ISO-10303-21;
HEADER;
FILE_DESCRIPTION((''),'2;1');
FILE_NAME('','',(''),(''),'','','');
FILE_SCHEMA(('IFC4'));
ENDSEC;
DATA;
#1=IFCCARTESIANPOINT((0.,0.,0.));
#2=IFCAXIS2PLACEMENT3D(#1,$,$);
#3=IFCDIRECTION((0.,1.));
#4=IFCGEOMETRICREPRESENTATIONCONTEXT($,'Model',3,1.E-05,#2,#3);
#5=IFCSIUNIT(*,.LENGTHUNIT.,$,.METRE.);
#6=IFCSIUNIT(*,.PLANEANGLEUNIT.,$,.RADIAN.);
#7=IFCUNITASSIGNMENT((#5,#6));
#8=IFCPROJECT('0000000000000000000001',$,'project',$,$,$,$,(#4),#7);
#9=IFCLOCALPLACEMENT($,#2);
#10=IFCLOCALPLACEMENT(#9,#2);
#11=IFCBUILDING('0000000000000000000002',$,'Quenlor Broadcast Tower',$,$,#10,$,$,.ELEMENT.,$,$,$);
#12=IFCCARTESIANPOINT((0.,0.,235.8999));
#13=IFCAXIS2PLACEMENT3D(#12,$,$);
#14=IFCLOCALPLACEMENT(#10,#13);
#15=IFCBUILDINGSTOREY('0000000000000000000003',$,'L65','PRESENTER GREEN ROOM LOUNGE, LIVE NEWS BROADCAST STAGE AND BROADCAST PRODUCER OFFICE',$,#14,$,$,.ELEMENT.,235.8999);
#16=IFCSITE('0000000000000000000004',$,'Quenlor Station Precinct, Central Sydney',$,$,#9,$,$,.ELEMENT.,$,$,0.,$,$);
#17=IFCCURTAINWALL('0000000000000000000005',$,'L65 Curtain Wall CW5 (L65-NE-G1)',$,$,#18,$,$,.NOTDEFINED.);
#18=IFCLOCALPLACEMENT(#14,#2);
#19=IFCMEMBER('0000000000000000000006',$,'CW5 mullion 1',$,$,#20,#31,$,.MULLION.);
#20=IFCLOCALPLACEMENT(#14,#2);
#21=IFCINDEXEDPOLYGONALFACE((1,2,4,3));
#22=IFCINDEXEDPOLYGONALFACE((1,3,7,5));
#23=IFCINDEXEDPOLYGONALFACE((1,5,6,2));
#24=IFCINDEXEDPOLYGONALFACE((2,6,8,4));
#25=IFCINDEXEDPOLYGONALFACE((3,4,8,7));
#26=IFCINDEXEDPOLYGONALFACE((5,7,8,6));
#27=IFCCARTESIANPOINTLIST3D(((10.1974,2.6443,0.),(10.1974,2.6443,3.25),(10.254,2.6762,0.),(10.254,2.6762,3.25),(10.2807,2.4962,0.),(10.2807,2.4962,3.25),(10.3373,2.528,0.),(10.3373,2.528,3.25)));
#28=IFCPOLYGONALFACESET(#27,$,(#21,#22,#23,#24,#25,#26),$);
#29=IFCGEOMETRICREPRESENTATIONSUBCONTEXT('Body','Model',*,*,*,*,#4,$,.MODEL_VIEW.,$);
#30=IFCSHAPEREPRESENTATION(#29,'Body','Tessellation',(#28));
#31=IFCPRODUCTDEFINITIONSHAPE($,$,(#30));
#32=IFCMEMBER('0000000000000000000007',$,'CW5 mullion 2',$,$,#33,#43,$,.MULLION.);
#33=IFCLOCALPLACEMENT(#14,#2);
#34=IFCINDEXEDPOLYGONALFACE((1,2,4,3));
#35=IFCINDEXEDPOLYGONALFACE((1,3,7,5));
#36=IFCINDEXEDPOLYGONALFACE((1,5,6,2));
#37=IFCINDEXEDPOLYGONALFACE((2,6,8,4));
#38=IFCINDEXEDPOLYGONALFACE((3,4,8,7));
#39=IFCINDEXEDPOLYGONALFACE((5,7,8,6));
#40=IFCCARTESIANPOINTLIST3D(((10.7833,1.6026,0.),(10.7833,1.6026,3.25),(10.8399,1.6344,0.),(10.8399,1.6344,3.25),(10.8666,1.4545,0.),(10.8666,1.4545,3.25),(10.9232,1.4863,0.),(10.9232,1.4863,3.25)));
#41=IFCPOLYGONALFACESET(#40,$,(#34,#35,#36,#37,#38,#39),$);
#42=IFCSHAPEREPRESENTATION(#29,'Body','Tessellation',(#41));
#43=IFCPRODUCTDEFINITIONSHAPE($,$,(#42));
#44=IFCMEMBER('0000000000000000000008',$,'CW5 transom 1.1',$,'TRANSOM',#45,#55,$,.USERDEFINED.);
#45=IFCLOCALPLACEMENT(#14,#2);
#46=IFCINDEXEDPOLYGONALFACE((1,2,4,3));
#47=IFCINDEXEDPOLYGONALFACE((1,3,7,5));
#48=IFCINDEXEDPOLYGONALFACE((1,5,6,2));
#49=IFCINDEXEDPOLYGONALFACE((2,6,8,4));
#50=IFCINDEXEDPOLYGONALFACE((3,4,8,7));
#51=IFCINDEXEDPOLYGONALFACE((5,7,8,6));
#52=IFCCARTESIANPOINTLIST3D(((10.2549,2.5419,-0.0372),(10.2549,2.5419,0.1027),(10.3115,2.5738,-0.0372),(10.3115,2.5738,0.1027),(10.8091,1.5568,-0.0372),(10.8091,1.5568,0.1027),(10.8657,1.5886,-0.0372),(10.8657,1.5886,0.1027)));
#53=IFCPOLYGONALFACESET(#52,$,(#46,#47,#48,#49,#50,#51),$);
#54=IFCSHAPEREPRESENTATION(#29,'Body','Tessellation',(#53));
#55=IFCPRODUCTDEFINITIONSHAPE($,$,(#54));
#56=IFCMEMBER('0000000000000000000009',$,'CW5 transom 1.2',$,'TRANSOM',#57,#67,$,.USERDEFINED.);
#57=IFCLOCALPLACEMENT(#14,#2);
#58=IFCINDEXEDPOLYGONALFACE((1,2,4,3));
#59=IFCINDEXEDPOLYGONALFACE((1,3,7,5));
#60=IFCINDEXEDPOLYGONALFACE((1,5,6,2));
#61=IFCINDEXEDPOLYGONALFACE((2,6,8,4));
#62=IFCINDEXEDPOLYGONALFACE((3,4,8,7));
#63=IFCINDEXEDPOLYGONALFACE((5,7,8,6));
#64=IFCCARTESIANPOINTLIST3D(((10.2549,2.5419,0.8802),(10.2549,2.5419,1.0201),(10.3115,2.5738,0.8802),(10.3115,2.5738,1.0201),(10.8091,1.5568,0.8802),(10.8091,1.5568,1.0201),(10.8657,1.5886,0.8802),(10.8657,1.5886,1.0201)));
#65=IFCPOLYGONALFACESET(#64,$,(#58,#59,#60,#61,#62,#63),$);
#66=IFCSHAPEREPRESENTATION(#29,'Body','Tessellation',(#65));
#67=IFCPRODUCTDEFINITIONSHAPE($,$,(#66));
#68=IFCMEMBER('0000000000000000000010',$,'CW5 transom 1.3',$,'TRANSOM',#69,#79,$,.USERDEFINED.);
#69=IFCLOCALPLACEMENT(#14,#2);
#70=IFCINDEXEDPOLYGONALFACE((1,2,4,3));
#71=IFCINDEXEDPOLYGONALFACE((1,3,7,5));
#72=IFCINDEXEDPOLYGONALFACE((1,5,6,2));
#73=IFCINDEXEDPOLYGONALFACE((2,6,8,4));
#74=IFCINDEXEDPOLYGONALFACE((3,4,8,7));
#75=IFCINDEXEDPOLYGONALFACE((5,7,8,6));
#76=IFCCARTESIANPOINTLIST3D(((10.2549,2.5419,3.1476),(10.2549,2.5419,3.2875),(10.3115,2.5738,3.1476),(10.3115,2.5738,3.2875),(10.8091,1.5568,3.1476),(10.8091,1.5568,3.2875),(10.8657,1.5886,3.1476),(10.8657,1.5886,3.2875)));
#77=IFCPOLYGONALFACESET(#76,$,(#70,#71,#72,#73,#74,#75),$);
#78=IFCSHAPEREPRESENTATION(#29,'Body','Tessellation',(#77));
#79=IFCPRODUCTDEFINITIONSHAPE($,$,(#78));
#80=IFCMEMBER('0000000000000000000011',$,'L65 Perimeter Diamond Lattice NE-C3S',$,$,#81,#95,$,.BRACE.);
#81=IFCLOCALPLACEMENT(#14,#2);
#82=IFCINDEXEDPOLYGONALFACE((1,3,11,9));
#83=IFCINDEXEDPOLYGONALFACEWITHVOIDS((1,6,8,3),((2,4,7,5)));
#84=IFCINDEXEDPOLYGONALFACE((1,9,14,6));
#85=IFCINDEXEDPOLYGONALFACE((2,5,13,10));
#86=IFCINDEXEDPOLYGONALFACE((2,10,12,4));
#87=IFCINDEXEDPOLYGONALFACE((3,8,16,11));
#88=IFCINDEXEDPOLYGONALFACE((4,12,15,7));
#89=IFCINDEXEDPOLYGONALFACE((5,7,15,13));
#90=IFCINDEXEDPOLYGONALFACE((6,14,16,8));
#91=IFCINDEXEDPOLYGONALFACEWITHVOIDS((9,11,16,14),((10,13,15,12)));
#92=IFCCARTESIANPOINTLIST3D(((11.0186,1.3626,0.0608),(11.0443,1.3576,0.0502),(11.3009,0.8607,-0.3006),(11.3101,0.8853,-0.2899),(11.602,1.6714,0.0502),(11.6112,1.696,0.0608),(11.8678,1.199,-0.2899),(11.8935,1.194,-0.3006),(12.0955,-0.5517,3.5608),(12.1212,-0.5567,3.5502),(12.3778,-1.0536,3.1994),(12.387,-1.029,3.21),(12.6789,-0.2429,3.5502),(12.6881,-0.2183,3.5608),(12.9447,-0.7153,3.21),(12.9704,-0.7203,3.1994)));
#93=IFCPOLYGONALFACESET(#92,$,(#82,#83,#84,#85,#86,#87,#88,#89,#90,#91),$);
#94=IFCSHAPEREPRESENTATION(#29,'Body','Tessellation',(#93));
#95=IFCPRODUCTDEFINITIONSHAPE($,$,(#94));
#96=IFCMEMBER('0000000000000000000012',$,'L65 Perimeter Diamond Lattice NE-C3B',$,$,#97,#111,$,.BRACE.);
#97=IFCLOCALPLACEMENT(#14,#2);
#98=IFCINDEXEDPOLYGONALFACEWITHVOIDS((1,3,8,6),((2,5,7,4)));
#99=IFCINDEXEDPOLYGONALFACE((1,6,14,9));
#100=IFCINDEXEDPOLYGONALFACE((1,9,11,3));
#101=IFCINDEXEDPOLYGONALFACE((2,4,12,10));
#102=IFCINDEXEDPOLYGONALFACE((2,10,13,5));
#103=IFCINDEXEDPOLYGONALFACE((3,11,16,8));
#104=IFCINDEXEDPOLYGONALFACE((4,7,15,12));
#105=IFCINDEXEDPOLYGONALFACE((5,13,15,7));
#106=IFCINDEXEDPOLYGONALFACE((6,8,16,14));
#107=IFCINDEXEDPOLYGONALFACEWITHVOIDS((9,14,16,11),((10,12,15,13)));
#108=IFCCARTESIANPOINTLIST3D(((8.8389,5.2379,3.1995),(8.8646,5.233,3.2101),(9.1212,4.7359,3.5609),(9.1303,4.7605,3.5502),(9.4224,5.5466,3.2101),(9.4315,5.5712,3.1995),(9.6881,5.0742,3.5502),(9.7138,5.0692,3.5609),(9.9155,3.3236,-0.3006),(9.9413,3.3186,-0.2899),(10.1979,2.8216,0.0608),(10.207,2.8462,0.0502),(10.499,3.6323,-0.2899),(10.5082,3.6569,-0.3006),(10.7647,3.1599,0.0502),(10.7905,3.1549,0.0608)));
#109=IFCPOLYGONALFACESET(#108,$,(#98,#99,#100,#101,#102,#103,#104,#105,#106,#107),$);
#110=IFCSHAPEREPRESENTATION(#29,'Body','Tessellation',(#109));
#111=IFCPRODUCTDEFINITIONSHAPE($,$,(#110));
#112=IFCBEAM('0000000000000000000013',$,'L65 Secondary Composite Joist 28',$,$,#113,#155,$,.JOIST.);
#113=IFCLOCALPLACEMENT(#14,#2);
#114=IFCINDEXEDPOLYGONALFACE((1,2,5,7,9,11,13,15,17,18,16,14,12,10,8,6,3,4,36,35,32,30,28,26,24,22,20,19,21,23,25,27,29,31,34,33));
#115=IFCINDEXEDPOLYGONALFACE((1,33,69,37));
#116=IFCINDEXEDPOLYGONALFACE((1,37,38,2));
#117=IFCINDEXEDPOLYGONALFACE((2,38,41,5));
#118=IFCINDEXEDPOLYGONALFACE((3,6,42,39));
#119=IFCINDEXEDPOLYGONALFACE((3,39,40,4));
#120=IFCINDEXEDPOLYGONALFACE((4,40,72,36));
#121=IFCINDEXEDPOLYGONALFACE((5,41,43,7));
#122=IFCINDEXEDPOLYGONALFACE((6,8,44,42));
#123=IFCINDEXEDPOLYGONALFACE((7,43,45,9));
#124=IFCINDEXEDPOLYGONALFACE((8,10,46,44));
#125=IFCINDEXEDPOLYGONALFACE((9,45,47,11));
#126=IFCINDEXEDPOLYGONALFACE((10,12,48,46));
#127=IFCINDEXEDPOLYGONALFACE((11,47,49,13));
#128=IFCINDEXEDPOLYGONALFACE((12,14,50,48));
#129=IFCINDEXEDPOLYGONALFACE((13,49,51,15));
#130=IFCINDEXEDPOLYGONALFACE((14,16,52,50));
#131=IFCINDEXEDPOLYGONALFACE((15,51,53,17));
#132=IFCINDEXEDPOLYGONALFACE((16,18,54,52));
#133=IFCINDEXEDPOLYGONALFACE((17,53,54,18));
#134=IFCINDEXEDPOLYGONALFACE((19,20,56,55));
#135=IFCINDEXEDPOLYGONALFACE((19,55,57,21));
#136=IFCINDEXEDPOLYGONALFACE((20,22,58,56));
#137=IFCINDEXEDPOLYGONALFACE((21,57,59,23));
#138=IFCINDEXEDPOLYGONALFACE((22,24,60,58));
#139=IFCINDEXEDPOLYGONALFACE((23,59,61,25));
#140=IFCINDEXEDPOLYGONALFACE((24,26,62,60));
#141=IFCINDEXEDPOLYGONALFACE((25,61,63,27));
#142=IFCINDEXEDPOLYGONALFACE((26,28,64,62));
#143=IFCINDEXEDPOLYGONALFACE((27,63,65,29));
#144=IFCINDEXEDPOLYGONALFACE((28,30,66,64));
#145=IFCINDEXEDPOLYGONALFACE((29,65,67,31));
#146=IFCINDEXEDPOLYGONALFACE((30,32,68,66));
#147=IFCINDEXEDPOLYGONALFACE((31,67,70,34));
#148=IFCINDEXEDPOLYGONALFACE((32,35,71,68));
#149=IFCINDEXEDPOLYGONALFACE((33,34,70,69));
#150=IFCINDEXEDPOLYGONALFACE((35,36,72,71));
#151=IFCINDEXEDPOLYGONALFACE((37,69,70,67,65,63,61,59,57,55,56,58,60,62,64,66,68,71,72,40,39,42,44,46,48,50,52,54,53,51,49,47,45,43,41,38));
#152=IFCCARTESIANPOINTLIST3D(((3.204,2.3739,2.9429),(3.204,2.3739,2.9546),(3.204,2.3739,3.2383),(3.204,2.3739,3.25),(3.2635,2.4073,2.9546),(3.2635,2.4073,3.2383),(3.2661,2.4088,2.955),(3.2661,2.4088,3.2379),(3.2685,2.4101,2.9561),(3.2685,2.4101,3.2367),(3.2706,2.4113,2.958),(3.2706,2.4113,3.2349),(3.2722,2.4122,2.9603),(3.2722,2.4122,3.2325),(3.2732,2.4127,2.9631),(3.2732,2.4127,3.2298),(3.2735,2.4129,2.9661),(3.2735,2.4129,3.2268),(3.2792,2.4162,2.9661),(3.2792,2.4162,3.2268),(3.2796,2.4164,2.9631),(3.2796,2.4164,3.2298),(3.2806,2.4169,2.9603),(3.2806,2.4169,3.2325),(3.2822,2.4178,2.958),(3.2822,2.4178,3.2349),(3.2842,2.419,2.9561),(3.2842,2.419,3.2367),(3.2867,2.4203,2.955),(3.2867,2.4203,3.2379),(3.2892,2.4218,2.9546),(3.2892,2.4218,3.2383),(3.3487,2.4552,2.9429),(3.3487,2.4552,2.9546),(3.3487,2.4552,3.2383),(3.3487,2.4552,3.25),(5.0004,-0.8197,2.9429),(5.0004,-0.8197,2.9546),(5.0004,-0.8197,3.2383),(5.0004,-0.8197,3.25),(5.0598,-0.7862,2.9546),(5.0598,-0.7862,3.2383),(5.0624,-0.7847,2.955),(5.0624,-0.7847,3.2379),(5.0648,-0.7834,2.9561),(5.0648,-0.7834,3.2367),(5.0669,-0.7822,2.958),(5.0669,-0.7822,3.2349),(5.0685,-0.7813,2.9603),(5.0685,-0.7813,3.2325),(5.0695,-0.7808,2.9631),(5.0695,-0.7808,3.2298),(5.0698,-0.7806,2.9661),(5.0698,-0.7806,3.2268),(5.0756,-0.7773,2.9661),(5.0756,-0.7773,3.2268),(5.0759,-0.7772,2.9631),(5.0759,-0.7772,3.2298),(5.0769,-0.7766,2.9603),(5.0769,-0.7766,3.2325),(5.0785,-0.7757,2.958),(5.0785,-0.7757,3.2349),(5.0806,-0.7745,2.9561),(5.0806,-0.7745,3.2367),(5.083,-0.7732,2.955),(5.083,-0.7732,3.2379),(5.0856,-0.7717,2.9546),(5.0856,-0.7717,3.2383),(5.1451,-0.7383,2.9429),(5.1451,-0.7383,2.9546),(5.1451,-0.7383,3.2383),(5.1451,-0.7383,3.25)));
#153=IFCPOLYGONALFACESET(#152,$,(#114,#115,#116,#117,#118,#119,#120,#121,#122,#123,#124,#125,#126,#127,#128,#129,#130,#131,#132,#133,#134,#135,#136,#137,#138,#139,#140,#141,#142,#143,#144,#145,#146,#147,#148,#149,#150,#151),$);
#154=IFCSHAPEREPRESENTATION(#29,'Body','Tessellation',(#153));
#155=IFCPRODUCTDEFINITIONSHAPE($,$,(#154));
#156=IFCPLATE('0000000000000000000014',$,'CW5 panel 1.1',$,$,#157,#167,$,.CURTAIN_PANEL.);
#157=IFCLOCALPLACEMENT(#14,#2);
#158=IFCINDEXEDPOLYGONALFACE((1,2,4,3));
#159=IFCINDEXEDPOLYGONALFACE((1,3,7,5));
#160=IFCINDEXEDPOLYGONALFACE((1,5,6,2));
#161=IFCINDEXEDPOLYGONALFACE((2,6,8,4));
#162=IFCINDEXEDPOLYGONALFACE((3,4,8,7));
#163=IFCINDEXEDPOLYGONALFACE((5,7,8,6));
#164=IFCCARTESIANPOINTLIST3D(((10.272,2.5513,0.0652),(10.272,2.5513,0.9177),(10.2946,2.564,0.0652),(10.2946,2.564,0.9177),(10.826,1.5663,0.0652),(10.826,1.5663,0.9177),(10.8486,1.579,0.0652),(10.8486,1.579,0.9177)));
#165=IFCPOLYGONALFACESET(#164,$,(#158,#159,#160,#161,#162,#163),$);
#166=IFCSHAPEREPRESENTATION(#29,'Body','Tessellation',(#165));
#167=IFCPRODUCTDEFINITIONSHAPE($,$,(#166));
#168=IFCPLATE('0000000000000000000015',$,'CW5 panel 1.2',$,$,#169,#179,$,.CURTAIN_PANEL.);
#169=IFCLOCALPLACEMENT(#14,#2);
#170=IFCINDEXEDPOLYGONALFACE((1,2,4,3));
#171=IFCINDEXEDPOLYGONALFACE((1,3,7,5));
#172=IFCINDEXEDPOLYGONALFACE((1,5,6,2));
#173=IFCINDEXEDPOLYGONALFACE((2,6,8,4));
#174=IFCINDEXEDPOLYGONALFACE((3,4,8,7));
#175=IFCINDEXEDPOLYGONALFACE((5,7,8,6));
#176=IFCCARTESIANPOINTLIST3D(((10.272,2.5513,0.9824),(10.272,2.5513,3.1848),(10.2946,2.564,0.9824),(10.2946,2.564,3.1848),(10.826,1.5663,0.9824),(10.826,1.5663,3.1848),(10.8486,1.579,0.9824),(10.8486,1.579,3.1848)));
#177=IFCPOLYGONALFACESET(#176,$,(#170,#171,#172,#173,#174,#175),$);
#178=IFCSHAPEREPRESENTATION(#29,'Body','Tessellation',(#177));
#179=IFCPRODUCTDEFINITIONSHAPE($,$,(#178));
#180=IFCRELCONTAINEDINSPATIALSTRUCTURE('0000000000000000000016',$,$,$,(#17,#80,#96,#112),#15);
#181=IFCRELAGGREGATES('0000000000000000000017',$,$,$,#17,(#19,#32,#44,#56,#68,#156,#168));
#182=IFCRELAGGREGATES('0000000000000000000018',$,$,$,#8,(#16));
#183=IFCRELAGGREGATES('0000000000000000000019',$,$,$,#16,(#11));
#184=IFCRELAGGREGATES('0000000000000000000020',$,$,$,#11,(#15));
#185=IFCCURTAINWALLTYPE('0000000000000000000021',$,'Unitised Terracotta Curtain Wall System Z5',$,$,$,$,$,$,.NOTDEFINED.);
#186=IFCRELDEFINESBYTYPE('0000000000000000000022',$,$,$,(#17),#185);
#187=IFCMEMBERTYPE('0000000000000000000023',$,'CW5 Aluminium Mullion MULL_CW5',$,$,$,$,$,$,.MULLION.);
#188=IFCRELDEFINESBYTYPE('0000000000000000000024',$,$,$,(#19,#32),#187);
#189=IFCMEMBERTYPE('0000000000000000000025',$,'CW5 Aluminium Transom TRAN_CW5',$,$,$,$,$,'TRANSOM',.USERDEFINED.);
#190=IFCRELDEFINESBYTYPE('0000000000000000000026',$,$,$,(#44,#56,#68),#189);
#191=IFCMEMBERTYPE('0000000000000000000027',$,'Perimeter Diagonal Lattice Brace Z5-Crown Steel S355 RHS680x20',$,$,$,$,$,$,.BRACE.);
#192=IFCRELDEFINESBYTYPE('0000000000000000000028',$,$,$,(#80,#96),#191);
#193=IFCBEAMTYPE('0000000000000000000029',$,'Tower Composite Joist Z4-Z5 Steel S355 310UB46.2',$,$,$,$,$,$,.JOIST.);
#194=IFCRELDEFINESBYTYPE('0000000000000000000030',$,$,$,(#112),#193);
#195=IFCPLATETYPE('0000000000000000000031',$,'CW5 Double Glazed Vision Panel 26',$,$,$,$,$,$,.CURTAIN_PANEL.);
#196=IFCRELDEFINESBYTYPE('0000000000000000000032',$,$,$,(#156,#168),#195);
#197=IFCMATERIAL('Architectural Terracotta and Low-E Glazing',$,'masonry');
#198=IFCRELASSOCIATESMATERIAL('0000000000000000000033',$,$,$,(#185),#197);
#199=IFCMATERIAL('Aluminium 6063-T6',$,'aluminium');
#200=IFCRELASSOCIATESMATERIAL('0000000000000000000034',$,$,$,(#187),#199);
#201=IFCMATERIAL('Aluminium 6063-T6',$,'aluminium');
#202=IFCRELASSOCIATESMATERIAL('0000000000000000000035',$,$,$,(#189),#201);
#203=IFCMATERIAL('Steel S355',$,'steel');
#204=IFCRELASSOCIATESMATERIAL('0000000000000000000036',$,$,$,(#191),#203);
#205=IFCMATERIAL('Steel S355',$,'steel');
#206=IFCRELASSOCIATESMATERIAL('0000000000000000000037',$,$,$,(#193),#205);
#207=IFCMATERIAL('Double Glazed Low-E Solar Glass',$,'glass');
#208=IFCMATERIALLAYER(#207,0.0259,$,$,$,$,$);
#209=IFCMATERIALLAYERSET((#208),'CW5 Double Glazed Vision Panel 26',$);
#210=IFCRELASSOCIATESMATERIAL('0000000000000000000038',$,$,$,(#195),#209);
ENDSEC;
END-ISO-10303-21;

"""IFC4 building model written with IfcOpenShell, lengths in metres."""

from ifc_helpers import new_model, si_unit, direction, frame, origin, origin_2d, place, context, subcontext, project, spatial, rectangle, hollow_rectangle, i_section, extrude, material, layer, layer_set, material_profile, profile_set, type_object, element, aggregate, save


model = new_model("IFC4")

# Units and contexts
model_context = context("Model", 3, precision=1e-05, world=origin(), true_north=direction((0.0, 1.0)))
body_context = subcontext(model_context, "Body", "Model", "MODEL_VIEW")
ifc_project = project(units=[si_unit("LENGTHUNIT", "METRE"), si_unit("PLANEANGLEUNIT", "RADIAN")], contexts=[model_context])

# Site, building, storey
site_placement = place(None, origin())
site = spatial("IfcSite", under=ifc_project, at=site_placement, Name="Quenlor Station Precinct, Central Sydney", CompositionType="ELEMENT", RefElevation=0.0)
building_placement = place(site_placement, origin())
building = spatial("IfcBuilding", under=site, at=building_placement, Name="Quenlor Broadcast Tower", CompositionType="ELEMENT")
storey_placement = place(building_placement, frame((0.0, 0.0, 235.8999)))
storey = spatial("IfcBuildingStorey", under=building, at=storey_placement, Name="L65", Description="PRESENTER GREEN ROOM LOUNGE, LIVE NEWS BROADCAST STAGE AND BROADCAST PRODUCER OFFICE", CompositionType="ELEMENT", Elevation=235.8999)

# Curtain wall, members
ifc_material_1 = material(Name="Architectural Terracotta and Low-E Glazing", Category="masonry")
curtain_wall_type = type_object("IfcCurtainWallType", Name="Unitised Terracotta Curtain Wall System Z5", PredefinedType="NOTDEFINED", material=ifc_material_1)
curtain_wall_placement = place(storey_placement, origin())
curtain_wall = element("IfcCurtainWall", 1, at=curtain_wall_placement, inside=storey, type_object=curtain_wall_type, Name="L65 Curtain Wall CW5 (L65-NE-G1)", PredefinedType="NOTDEFINED")
ifc_material_2 = material(Name="Aluminium 6063-T6", Category="aluminium")
ifc_material_profile_1 = material_profile(ifc_material_2, rectangle(XDim=0.0649, YDim=0.1699, at=origin_2d()))
ifc_profile_set_1 = profile_set([ifc_material_profile_1], Name="Aluminium 6063-T6 MULL65x170")
member_type_1 = type_object("IfcMemberType", Name="CW5 Aluminium Mullion MULL_CW5", PredefinedType="MULLION", material=ifc_profile_set_1)
member_1_placement = place(storey_placement, frame((10.2673, 2.5862, 0.0), z_axis=(0.0, 0.0, 1.0), x_axis=(0.871592, 0.490231, 0.0)))
member_1 = element("IfcMember", 2, at=member_1_placement, type_object=member_type_1, Name="CW5 mullion 1", PredefinedType="MULLION", context=body_context, shape_type="SweptSolid", body=[
    extrude(rectangle(XDim=0.0649, YDim=0.1699, at=origin_2d()), origin(), (0.0, 0.0, 1.0), 3.25),
])
member_2_placement = place(storey_placement, frame((10.8533, 1.5444, 0.0), z_axis=(0.0, 0.0, 1.0), x_axis=(0.871592, 0.490231, 0.0)))
member_2 = element("IfcMember", 3, at=member_2_placement, type_object=member_type_1, Name="CW5 mullion 2", PredefinedType="MULLION", context=body_context, shape_type="SweptSolid", body=[
    extrude(rectangle(XDim=0.0649, YDim=0.1699, at=origin_2d()), origin(), (0.0, 0.0, 1.0), 3.25),
])
ifc_material_3 = material(Name="Aluminium 6063-T6", Category="aluminium")
ifc_material_profile_2 = material_profile(ifc_material_3, rectangle(XDim=0.0649, YDim=0.1399, at=origin_2d()))
ifc_profile_set_2 = profile_set([ifc_material_profile_2], Name="Aluminium 6063-T6 TRAN65x140")
member_type_2 = type_object("IfcMemberType", Name="CW5 Aluminium Transom TRAN_CW5", ElementType="TRANSOM", PredefinedType="USERDEFINED", material=ifc_profile_set_2)
member_3_placement = place(storey_placement, frame((10.2832, 2.5579, 0.0327), z_axis=(0.490313, -0.871547, 0.0), x_axis=(0.871547, 0.490313, 0.0)))
member_3 = element("IfcMember", 4, at=member_3_placement, type_object=member_type_2, Name="CW5 transom 1.1", ObjectType="TRANSOM", PredefinedType="USERDEFINED", context=body_context, shape_type="SweptSolid", body=[
    extrude(rectangle(XDim=0.0649, YDim=0.1399, at=origin_2d()), origin(), (0.0, 0.0, 1.0), 1.1304),
])
member_4_placement = place(storey_placement, frame((10.2832, 2.5579, 0.9502), z_axis=(0.490313, -0.871547, 0.0), x_axis=(0.871547, 0.490313, 0.0)))
member_4 = element("IfcMember", 5, at=member_4_placement, type_object=member_type_2, Name="CW5 transom 1.2", ObjectType="TRANSOM", PredefinedType="USERDEFINED", context=body_context, shape_type="SweptSolid", body=[
    extrude(rectangle(XDim=0.0649, YDim=0.1399, at=origin_2d()), origin(), (0.0, 0.0, 1.0), 1.1304),
])
member_5_placement = place(storey_placement, frame((10.2832, 2.5579, 3.2175), z_axis=(0.490313, -0.871547, 0.0), x_axis=(0.871547, 0.490313, 0.0)))
member_5 = element("IfcMember", 6, at=member_5_placement, type_object=member_type_2, Name="CW5 transom 1.3", ObjectType="TRANSOM", PredefinedType="USERDEFINED", context=body_context, shape_type="SweptSolid", body=[
    extrude(rectangle(XDim=0.0649, YDim=0.1399, at=origin_2d()), origin(), (0.0, 0.0, 1.0), 1.1304),
])

# Members
ifc_material_4 = material(Name="Steel S355", Category="steel")
ifc_material_profile_3 = material_profile(ifc_material_4, hollow_rectangle(XDim=0.6799, YDim=0.6799, WallThickness=0.02, at=origin_2d()))
ifc_profile_set_3 = profile_set([ifc_material_profile_3], Name="Steel S355 RHS680x680x20")
member_type_3 = type_object("IfcMemberType", Name="Perimeter Diagonal Lattice Brace Z5-Crown Steel S355 RHS680x20", PredefinedType="BRACE", material=ifc_profile_set_3)
for number, where, z_axis, x_axis, name in (
    (7, (11.4561, 1.2783, -0.1199), (0.260619, -0.463276, 0.847026), (0.871555, 0.490298, 0.0), "L65 Perimeter Diamond Lattice NE-C3S"),
    (8, (10.353, 3.2393, -0.1199), (-0.260564, 0.463283, 0.847039), (-0.871602, -0.490214, 0.0), "L65 Perimeter Diamond Lattice NE-C3B"),
):
    element("IfcMember", number, at=place(storey_placement, frame(where, z_axis=z_axis, x_axis=x_axis)), inside=storey, type_object=member_type_3, Name=name, PredefinedType="BRACE", context=body_context, shape_type="SweptSolid", body=[
        extrude(hollow_rectangle(XDim=0.6799, YDim=0.6799, WallThickness=0.02, at=origin_2d()), origin(), (0.0, 0.0, 1.0), 4.1321),
    ])

# Beam
ifc_material_5 = material(Name="Steel S355", Category="steel")
ifc_material_profile_4 = material_profile(ifc_material_5, i_section(OverallWidth=0.166, OverallDepth=0.3071, WebThickness=0.0066, FlangeThickness=0.0117, FilletRadius=0.0115, at=origin_2d()))
ifc_profile_set_4 = profile_set([ifc_material_profile_4], Name="Steel S355 310UB46.2")
beam_type = type_object("IfcBeamType", Name="Tower Composite Joist Z4-Z5 Steel S355 310UB46.2", PredefinedType="JOIST", material=ifc_profile_set_4)
beam_placement = place(storey_placement, frame((3.2764, 2.4146, 3.0964), z_axis=(0.490258, -0.871577, 0.0), x_axis=(0.871577, 0.490258, 0.0)))
element("IfcBeam", 9, at=beam_placement, inside=storey, type_object=beam_type, Name="L65 Secondary Composite Joist 28", PredefinedType="JOIST", context=body_context, shape_type="SweptSolid", body=[
    extrude(i_section(OverallWidth=0.166, OverallDepth=0.3071, WebThickness=0.0066, FlangeThickness=0.0117, FilletRadius=0.0115, at=origin_2d()), origin(), (0.0, 0.0, 1.0), 3.6641),
])

# Plates
ifc_material_6 = material(Name="Double Glazed Low-E Solar Glass", Category="glass")
ifc_layer_1 = layer(ifc_material_6, 0.0259)
ifc_layer_set_1 = layer_set([ifc_layer_1], Name="CW5 Double Glazed Vision Panel 26")
plate_type_1 = type_object("IfcPlateType", Name="CW5 Double Glazed Vision Panel 26", PredefinedType="CURTAIN_PANEL", material=ifc_layer_set_1)
plate_1_placement = place(storey_placement, frame((10.5603, 2.0652, 0.0652), z_axis=(0.0, 0.0, 1.0), x_axis=(0.490231, -0.871592, 0.0)))
plate_1 = element("IfcPlate", 10, at=plate_1_placement, type_object=plate_type_1, Name="CW5 panel 1.1", PredefinedType="CURTAIN_PANEL", context=body_context, shape_type="SweptSolid", body=[
    extrude(rectangle(XDim=1.1301, YDim=0.0259, at=origin_2d()), origin(), (0.0, 0.0, 1.0), 0.8525),
])
plate_2_placement = place(storey_placement, frame((10.5603, 2.0652, 0.9824), z_axis=(0.0, 0.0, 1.0), x_axis=(0.490231, -0.871592, 0.0)))
plate_2 = element("IfcPlate", 11, at=plate_2_placement, type_object=plate_type_1, Name="CW5 panel 1.2", PredefinedType="CURTAIN_PANEL", context=body_context, shape_type="SweptSolid", body=[
    extrude(rectangle(XDim=1.1301, YDim=0.0259, at=origin_2d()), origin(), (0.0, 0.0, 1.0), 2.2024),
])
aggregate(curtain_wall, [member_1, member_2, member_3, member_4, member_5, plate_1, plate_2])

save(model, "model.ifc")
